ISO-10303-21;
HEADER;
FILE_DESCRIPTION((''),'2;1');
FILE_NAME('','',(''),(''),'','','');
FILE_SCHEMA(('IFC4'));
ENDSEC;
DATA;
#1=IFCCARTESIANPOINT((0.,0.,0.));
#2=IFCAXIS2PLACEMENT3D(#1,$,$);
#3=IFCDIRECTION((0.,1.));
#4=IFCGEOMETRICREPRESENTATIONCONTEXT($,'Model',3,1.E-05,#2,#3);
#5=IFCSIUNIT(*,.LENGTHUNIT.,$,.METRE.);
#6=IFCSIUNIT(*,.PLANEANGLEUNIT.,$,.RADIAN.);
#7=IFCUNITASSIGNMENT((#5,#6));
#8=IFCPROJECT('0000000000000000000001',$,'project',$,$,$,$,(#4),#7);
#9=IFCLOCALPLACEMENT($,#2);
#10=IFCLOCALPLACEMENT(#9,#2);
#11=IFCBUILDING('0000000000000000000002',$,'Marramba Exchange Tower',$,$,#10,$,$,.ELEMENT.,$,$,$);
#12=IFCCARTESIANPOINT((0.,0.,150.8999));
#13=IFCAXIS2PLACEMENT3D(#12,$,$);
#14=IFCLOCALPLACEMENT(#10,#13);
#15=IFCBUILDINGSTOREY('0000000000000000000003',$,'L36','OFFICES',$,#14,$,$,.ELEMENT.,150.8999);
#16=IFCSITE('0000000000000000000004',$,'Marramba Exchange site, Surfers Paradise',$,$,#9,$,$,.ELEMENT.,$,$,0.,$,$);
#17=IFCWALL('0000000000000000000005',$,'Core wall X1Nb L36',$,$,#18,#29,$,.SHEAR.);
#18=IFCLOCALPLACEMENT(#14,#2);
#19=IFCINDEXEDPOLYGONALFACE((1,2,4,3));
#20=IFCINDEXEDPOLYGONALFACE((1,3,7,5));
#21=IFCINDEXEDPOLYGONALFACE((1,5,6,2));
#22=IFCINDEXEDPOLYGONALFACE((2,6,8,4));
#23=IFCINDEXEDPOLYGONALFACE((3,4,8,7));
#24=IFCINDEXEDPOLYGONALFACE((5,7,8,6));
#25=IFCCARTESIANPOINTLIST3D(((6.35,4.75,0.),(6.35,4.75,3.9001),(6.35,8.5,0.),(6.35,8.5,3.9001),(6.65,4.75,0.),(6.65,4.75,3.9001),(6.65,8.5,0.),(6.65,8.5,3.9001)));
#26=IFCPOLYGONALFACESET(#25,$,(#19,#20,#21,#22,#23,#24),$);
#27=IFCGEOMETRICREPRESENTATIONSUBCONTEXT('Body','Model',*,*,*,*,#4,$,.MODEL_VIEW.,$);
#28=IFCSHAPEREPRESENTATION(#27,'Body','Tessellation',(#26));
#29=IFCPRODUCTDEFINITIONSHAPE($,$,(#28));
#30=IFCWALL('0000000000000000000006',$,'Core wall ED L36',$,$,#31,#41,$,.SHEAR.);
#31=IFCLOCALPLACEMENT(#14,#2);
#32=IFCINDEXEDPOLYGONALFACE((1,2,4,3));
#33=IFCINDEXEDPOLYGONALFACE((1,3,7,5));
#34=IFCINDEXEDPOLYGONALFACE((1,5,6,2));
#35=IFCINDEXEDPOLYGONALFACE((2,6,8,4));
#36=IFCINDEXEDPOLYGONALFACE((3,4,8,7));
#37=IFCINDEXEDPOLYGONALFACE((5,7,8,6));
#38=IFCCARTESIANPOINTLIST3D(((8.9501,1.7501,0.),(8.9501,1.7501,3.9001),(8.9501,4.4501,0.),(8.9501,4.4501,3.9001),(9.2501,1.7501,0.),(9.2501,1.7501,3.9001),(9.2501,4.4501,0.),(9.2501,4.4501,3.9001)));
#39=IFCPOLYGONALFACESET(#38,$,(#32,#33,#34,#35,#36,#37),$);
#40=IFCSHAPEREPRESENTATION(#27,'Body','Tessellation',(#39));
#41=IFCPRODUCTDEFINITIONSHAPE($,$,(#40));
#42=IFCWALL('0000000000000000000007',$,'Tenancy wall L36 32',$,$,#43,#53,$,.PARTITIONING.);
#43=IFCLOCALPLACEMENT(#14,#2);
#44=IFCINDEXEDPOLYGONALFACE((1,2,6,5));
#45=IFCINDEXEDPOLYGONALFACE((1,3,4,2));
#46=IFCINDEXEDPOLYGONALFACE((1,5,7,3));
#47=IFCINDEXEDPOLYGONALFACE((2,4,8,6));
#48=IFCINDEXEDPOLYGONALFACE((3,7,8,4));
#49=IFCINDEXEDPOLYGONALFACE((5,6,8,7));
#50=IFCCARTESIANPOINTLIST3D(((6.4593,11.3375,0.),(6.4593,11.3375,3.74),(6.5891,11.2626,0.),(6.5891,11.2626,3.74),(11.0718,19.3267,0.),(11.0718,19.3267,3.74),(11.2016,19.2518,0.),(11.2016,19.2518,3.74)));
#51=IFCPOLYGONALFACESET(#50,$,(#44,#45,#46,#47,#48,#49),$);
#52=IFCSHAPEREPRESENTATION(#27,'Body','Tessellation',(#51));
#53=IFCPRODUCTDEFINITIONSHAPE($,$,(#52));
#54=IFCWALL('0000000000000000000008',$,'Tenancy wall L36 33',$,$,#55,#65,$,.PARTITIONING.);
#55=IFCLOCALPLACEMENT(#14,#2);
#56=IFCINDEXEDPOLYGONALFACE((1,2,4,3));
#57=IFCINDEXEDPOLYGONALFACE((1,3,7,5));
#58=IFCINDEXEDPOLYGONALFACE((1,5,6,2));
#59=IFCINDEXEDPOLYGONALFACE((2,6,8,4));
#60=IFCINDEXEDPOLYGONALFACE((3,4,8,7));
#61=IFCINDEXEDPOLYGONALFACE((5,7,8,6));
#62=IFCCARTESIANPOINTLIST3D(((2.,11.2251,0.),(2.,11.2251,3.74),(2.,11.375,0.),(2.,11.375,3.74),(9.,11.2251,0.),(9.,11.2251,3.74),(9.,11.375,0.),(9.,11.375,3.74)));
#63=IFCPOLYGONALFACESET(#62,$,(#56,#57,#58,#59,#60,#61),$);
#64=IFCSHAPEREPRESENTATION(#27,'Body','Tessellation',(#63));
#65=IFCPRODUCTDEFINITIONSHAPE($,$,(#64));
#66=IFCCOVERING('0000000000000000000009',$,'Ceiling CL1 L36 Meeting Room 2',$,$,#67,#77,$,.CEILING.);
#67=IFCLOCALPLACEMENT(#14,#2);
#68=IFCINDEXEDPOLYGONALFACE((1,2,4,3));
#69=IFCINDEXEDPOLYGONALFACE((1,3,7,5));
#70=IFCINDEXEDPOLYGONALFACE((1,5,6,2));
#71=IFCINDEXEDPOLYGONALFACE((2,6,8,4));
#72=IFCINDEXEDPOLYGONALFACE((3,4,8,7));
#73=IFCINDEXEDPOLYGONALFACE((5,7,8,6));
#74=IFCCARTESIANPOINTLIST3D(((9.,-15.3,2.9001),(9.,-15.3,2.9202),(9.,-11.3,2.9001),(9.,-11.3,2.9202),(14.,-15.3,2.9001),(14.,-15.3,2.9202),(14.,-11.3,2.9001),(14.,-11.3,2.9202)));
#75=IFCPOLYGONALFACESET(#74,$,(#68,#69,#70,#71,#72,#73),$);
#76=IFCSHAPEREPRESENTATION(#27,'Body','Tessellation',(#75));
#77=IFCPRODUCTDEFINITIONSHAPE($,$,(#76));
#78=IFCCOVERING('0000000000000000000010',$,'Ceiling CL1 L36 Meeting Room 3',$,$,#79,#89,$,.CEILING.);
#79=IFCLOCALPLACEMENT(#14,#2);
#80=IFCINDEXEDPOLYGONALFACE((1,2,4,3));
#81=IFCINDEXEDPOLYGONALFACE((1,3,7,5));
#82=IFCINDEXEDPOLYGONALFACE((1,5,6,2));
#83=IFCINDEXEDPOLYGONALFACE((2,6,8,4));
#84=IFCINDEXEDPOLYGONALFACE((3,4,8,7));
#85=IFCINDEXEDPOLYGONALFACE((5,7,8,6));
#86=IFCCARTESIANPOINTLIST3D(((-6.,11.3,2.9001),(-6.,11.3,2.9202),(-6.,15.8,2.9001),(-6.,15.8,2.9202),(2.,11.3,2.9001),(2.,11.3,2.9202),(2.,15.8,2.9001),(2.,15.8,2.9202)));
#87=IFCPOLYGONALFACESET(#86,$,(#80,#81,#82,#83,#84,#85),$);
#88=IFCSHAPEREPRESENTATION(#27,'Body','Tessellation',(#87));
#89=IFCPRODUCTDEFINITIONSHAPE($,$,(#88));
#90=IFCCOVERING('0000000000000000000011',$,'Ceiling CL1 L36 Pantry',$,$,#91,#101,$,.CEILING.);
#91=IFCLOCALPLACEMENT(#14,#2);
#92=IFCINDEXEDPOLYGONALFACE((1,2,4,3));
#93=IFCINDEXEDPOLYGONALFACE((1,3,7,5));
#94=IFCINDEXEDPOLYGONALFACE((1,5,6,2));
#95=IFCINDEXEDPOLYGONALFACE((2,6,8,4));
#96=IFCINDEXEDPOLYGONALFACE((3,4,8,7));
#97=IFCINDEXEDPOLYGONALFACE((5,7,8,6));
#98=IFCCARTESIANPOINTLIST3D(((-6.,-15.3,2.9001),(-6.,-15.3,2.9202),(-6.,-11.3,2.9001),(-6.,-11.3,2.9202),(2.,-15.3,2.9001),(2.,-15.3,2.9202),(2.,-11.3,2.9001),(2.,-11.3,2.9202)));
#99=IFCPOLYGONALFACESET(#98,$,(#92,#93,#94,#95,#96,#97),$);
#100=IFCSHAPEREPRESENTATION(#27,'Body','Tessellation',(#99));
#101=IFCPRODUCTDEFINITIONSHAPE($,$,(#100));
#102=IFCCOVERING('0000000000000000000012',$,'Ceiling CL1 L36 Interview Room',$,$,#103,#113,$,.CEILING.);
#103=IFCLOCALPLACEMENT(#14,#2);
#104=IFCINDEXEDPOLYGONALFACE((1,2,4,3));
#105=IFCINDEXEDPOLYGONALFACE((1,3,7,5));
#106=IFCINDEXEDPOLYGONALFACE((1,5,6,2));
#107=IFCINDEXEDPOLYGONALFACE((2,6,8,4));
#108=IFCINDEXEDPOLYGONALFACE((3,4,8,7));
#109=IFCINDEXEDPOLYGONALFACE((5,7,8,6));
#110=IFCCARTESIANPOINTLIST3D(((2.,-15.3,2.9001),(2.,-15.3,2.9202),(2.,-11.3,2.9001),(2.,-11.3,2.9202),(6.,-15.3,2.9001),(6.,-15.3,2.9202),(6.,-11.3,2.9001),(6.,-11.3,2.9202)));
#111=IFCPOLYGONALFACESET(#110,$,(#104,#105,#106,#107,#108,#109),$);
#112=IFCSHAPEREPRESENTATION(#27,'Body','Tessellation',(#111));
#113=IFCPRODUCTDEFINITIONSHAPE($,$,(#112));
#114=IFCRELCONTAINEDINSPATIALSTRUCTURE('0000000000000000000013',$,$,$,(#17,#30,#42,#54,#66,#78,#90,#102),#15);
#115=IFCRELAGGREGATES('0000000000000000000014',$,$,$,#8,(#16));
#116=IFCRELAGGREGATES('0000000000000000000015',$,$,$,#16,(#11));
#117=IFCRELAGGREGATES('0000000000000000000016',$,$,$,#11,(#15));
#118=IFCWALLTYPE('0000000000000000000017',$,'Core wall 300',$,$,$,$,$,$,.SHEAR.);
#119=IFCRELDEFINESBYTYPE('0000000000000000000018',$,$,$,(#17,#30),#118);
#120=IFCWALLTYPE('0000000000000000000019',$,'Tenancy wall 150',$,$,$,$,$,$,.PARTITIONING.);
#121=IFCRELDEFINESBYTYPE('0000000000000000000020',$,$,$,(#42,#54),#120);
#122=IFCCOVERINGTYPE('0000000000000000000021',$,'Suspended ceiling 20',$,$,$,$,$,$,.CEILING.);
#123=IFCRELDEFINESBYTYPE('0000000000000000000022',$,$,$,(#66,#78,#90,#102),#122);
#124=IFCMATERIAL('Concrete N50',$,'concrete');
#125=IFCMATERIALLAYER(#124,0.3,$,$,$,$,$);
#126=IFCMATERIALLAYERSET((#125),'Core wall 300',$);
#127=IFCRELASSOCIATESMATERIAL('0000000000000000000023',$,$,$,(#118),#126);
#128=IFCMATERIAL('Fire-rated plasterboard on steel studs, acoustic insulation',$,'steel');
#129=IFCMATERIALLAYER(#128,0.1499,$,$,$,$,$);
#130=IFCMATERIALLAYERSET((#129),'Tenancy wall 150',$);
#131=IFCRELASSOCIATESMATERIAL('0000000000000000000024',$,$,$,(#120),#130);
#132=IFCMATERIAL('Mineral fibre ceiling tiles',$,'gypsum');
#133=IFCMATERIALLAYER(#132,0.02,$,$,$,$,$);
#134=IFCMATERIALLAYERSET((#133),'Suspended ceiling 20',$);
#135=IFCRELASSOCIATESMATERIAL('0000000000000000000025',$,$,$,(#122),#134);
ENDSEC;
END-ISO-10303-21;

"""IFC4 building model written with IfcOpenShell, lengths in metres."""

from ifc_helpers import new_model, si_unit, direction, frame, frame_2d, origin, place, context, subcontext, project, spatial, polyline, rectangle, outline, extrude, material, layer, layer_set, type_object, element, save


model = new_model("IFC4")

# Units and contexts
model_context = context("Model", 3, precision=1e-05, world=origin(), true_north=direction((0.0, 1.0)))
body_context = subcontext(model_context, "Body", "Model", "MODEL_VIEW")
ifc_project = project(units=[si_unit("LENGTHUNIT", "METRE"), si_unit("PLANEANGLEUNIT", "RADIAN")], contexts=[model_context])

# Site, building, storey
site_placement = place(None, origin())
site = spatial("IfcSite", under=ifc_project, at=site_placement, Name="Marramba Exchange site, Surfers Paradise", CompositionType="ELEMENT", RefElevation=0.0)
building_placement = place(site_placement, origin())
building = spatial("IfcBuilding", under=site, at=building_placement, Name="Marramba Exchange Tower", CompositionType="ELEMENT")
storey_placement = place(building_placement, frame((0.0, 0.0, 150.8999)))
storey = spatial("IfcBuildingStorey", under=building, at=storey_placement, Name="L36", Description="OFFICES", CompositionType="ELEMENT", Elevation=150.8999)

# Shared definitions
ifc_material_1 = material(Name="Concrete N50", Category="concrete")

# Walls
ifc_layer_1 = layer(ifc_material_1, 0.3)
ifc_layer_set_1 = layer_set([ifc_layer_1], Name="Core wall 300")
wall_type_1 = type_object("IfcWallType", Name="Core wall 300", PredefinedType="SHEAR", material=ifc_layer_set_1)
wall_1_placement = place(storey_placement, frame((6.5, 4.75, 0.0), z_axis=(0.0, 0.0, 1.0), x_axis=(0.0, 1.0, 0.0)))
element("IfcWall", 1, at=wall_1_placement, inside=storey, type_object=wall_type_1, Name="Core wall X1Nb L36", PredefinedType="SHEAR", context=body_context, shape_type="SweptSolid", body=[
    extrude(rectangle(XDim=3.75, YDim=0.3, at=frame_2d((1.875, 0.0))), origin(), (0.0, 0.0, 1.0), 3.9001),
])
wall_2_placement = place(storey_placement, frame((9.1001, 1.75, 0.0), z_axis=(0.0, 0.0, 1.0), x_axis=(0.0, 1.0, 0.0)))
element("IfcWall", 2, at=wall_2_placement, inside=storey, type_object=wall_type_1, Name="Core wall ED L36", PredefinedType="SHEAR", context=body_context, shape_type="SweptSolid", body=[
    extrude(rectangle(XDim=2.7, YDim=0.3, at=frame_2d((1.3501, 0.0))), origin(), (0.0, 0.0, 1.0), 3.9001),
])
ifc_material_2 = material(Name="Fire-rated plasterboard on steel studs, acoustic insulation", Category="steel")
ifc_layer_2 = layer(ifc_material_2, 0.1499)
ifc_layer_set_2 = layer_set([ifc_layer_2], Name="Tenancy wall 150")
wall_type_2 = type_object("IfcWallType", Name="Tenancy wall 150", PredefinedType="PARTITIONING", material=ifc_layer_set_2)
wall_3_placement = place(storey_placement, frame((6.5242, 11.3, 0.0), z_axis=(0.0, 0.0, 1.0), x_axis=(0.499996, 0.866028, 0.0)))
element("IfcWall", 3, at=wall_3_placement, inside=storey, type_object=wall_type_2, Name="Tenancy wall L36 32", PredefinedType="PARTITIONING", context=body_context, shape_type="SweptSolid", body=[
    extrude(rectangle(XDim=9.2251, YDim=0.1499, at=frame_2d((4.6125, 0.0))), origin(), (0.0, 0.0, 1.0), 3.74),
])
wall_4_placement = place(storey_placement, frame((9.0, 11.3, 0.0), z_axis=(0.0, 0.0, 1.0), x_axis=(-1.0, 0.0, 0.0)))
element("IfcWall", 4, at=wall_4_placement, inside=storey, type_object=wall_type_2, Name="Tenancy wall L36 33", PredefinedType="PARTITIONING", context=body_context, shape_type="SweptSolid", body=[
    extrude(rectangle(XDim=7.0, YDim=0.1499, at=frame_2d((3.5, 0.0))), origin(), (0.0, 0.0, 1.0), 3.74),
])

# Coverings
ifc_material_3 = material(Name="Mineral fibre ceiling tiles", Category="gypsum")
ifc_layer_3 = layer(ifc_material_3, 0.02)
ifc_layer_set_3 = layer_set([ifc_layer_3], Name="Suspended ceiling 20")
covering_type = type_object("IfcCoveringType", Name="Suspended ceiling 20", PredefinedType="CEILING", material=ifc_layer_set_3)
covering_1_placement = place(storey_placement, frame((0.0, 0.0, 2.9001)))
element("IfcCovering", 5, at=covering_1_placement, inside=storey, type_object=covering_type, Name="Ceiling CL1 L36 Meeting Room 2", PredefinedType="CEILING", context=body_context, shape_type="SweptSolid", body=[
    extrude(outline(polyline([(14.0, -15.3), (9.0, -15.3), (9.0, -11.3), (14.0, -11.3), (14.0, -15.3)])), origin(), (0.0, 0.0, 1.0), 0.02),
])
covering_2_placement = place(storey_placement, frame((0.0, 0.0, 2.9001)))
element("IfcCovering", 6, at=covering_2_placement, inside=storey, type_object=covering_type, Name="Ceiling CL1 L36 Meeting Room 3", PredefinedType="CEILING", context=body_context, shape_type="SweptSolid", body=[
    extrude(outline(polyline([(2.0, 11.3), (-6.0, 11.3), (-6.0, 15.8), (2.0, 15.8), (2.0, 11.3)])), origin(), (0.0, 0.0, 1.0), 0.02),
])
covering_3_placement = place(storey_placement, frame((0.0, 0.0, 2.9001)))
element("IfcCovering", 7, at=covering_3_placement, inside=storey, type_object=covering_type, Name="Ceiling CL1 L36 Pantry", PredefinedType="CEILING", context=body_context, shape_type="SweptSolid", body=[
    extrude(outline(polyline([(2.0, -15.3), (-6.0, -15.3), (-6.0, -11.3), (2.0, -11.3), (2.0, -15.3)])), origin(), (0.0, 0.0, 1.0), 0.02),
])
covering_4_placement = place(storey_placement, frame((0.0, 0.0, 2.9001)))
element("IfcCovering", 8, at=covering_4_placement, inside=storey, type_object=covering_type, Name="Ceiling CL1 L36 Interview Room", PredefinedType="CEILING", context=body_context, shape_type="SweptSolid", body=[
    extrude(outline(polyline([(6.0, -15.3), (2.0, -15.3), (2.0, -11.3), (6.0, -11.3), (6.0, -15.3)])), origin(), (0.0, 0.0, 1.0), 0.02),
])

save(model, "model.ifc")
